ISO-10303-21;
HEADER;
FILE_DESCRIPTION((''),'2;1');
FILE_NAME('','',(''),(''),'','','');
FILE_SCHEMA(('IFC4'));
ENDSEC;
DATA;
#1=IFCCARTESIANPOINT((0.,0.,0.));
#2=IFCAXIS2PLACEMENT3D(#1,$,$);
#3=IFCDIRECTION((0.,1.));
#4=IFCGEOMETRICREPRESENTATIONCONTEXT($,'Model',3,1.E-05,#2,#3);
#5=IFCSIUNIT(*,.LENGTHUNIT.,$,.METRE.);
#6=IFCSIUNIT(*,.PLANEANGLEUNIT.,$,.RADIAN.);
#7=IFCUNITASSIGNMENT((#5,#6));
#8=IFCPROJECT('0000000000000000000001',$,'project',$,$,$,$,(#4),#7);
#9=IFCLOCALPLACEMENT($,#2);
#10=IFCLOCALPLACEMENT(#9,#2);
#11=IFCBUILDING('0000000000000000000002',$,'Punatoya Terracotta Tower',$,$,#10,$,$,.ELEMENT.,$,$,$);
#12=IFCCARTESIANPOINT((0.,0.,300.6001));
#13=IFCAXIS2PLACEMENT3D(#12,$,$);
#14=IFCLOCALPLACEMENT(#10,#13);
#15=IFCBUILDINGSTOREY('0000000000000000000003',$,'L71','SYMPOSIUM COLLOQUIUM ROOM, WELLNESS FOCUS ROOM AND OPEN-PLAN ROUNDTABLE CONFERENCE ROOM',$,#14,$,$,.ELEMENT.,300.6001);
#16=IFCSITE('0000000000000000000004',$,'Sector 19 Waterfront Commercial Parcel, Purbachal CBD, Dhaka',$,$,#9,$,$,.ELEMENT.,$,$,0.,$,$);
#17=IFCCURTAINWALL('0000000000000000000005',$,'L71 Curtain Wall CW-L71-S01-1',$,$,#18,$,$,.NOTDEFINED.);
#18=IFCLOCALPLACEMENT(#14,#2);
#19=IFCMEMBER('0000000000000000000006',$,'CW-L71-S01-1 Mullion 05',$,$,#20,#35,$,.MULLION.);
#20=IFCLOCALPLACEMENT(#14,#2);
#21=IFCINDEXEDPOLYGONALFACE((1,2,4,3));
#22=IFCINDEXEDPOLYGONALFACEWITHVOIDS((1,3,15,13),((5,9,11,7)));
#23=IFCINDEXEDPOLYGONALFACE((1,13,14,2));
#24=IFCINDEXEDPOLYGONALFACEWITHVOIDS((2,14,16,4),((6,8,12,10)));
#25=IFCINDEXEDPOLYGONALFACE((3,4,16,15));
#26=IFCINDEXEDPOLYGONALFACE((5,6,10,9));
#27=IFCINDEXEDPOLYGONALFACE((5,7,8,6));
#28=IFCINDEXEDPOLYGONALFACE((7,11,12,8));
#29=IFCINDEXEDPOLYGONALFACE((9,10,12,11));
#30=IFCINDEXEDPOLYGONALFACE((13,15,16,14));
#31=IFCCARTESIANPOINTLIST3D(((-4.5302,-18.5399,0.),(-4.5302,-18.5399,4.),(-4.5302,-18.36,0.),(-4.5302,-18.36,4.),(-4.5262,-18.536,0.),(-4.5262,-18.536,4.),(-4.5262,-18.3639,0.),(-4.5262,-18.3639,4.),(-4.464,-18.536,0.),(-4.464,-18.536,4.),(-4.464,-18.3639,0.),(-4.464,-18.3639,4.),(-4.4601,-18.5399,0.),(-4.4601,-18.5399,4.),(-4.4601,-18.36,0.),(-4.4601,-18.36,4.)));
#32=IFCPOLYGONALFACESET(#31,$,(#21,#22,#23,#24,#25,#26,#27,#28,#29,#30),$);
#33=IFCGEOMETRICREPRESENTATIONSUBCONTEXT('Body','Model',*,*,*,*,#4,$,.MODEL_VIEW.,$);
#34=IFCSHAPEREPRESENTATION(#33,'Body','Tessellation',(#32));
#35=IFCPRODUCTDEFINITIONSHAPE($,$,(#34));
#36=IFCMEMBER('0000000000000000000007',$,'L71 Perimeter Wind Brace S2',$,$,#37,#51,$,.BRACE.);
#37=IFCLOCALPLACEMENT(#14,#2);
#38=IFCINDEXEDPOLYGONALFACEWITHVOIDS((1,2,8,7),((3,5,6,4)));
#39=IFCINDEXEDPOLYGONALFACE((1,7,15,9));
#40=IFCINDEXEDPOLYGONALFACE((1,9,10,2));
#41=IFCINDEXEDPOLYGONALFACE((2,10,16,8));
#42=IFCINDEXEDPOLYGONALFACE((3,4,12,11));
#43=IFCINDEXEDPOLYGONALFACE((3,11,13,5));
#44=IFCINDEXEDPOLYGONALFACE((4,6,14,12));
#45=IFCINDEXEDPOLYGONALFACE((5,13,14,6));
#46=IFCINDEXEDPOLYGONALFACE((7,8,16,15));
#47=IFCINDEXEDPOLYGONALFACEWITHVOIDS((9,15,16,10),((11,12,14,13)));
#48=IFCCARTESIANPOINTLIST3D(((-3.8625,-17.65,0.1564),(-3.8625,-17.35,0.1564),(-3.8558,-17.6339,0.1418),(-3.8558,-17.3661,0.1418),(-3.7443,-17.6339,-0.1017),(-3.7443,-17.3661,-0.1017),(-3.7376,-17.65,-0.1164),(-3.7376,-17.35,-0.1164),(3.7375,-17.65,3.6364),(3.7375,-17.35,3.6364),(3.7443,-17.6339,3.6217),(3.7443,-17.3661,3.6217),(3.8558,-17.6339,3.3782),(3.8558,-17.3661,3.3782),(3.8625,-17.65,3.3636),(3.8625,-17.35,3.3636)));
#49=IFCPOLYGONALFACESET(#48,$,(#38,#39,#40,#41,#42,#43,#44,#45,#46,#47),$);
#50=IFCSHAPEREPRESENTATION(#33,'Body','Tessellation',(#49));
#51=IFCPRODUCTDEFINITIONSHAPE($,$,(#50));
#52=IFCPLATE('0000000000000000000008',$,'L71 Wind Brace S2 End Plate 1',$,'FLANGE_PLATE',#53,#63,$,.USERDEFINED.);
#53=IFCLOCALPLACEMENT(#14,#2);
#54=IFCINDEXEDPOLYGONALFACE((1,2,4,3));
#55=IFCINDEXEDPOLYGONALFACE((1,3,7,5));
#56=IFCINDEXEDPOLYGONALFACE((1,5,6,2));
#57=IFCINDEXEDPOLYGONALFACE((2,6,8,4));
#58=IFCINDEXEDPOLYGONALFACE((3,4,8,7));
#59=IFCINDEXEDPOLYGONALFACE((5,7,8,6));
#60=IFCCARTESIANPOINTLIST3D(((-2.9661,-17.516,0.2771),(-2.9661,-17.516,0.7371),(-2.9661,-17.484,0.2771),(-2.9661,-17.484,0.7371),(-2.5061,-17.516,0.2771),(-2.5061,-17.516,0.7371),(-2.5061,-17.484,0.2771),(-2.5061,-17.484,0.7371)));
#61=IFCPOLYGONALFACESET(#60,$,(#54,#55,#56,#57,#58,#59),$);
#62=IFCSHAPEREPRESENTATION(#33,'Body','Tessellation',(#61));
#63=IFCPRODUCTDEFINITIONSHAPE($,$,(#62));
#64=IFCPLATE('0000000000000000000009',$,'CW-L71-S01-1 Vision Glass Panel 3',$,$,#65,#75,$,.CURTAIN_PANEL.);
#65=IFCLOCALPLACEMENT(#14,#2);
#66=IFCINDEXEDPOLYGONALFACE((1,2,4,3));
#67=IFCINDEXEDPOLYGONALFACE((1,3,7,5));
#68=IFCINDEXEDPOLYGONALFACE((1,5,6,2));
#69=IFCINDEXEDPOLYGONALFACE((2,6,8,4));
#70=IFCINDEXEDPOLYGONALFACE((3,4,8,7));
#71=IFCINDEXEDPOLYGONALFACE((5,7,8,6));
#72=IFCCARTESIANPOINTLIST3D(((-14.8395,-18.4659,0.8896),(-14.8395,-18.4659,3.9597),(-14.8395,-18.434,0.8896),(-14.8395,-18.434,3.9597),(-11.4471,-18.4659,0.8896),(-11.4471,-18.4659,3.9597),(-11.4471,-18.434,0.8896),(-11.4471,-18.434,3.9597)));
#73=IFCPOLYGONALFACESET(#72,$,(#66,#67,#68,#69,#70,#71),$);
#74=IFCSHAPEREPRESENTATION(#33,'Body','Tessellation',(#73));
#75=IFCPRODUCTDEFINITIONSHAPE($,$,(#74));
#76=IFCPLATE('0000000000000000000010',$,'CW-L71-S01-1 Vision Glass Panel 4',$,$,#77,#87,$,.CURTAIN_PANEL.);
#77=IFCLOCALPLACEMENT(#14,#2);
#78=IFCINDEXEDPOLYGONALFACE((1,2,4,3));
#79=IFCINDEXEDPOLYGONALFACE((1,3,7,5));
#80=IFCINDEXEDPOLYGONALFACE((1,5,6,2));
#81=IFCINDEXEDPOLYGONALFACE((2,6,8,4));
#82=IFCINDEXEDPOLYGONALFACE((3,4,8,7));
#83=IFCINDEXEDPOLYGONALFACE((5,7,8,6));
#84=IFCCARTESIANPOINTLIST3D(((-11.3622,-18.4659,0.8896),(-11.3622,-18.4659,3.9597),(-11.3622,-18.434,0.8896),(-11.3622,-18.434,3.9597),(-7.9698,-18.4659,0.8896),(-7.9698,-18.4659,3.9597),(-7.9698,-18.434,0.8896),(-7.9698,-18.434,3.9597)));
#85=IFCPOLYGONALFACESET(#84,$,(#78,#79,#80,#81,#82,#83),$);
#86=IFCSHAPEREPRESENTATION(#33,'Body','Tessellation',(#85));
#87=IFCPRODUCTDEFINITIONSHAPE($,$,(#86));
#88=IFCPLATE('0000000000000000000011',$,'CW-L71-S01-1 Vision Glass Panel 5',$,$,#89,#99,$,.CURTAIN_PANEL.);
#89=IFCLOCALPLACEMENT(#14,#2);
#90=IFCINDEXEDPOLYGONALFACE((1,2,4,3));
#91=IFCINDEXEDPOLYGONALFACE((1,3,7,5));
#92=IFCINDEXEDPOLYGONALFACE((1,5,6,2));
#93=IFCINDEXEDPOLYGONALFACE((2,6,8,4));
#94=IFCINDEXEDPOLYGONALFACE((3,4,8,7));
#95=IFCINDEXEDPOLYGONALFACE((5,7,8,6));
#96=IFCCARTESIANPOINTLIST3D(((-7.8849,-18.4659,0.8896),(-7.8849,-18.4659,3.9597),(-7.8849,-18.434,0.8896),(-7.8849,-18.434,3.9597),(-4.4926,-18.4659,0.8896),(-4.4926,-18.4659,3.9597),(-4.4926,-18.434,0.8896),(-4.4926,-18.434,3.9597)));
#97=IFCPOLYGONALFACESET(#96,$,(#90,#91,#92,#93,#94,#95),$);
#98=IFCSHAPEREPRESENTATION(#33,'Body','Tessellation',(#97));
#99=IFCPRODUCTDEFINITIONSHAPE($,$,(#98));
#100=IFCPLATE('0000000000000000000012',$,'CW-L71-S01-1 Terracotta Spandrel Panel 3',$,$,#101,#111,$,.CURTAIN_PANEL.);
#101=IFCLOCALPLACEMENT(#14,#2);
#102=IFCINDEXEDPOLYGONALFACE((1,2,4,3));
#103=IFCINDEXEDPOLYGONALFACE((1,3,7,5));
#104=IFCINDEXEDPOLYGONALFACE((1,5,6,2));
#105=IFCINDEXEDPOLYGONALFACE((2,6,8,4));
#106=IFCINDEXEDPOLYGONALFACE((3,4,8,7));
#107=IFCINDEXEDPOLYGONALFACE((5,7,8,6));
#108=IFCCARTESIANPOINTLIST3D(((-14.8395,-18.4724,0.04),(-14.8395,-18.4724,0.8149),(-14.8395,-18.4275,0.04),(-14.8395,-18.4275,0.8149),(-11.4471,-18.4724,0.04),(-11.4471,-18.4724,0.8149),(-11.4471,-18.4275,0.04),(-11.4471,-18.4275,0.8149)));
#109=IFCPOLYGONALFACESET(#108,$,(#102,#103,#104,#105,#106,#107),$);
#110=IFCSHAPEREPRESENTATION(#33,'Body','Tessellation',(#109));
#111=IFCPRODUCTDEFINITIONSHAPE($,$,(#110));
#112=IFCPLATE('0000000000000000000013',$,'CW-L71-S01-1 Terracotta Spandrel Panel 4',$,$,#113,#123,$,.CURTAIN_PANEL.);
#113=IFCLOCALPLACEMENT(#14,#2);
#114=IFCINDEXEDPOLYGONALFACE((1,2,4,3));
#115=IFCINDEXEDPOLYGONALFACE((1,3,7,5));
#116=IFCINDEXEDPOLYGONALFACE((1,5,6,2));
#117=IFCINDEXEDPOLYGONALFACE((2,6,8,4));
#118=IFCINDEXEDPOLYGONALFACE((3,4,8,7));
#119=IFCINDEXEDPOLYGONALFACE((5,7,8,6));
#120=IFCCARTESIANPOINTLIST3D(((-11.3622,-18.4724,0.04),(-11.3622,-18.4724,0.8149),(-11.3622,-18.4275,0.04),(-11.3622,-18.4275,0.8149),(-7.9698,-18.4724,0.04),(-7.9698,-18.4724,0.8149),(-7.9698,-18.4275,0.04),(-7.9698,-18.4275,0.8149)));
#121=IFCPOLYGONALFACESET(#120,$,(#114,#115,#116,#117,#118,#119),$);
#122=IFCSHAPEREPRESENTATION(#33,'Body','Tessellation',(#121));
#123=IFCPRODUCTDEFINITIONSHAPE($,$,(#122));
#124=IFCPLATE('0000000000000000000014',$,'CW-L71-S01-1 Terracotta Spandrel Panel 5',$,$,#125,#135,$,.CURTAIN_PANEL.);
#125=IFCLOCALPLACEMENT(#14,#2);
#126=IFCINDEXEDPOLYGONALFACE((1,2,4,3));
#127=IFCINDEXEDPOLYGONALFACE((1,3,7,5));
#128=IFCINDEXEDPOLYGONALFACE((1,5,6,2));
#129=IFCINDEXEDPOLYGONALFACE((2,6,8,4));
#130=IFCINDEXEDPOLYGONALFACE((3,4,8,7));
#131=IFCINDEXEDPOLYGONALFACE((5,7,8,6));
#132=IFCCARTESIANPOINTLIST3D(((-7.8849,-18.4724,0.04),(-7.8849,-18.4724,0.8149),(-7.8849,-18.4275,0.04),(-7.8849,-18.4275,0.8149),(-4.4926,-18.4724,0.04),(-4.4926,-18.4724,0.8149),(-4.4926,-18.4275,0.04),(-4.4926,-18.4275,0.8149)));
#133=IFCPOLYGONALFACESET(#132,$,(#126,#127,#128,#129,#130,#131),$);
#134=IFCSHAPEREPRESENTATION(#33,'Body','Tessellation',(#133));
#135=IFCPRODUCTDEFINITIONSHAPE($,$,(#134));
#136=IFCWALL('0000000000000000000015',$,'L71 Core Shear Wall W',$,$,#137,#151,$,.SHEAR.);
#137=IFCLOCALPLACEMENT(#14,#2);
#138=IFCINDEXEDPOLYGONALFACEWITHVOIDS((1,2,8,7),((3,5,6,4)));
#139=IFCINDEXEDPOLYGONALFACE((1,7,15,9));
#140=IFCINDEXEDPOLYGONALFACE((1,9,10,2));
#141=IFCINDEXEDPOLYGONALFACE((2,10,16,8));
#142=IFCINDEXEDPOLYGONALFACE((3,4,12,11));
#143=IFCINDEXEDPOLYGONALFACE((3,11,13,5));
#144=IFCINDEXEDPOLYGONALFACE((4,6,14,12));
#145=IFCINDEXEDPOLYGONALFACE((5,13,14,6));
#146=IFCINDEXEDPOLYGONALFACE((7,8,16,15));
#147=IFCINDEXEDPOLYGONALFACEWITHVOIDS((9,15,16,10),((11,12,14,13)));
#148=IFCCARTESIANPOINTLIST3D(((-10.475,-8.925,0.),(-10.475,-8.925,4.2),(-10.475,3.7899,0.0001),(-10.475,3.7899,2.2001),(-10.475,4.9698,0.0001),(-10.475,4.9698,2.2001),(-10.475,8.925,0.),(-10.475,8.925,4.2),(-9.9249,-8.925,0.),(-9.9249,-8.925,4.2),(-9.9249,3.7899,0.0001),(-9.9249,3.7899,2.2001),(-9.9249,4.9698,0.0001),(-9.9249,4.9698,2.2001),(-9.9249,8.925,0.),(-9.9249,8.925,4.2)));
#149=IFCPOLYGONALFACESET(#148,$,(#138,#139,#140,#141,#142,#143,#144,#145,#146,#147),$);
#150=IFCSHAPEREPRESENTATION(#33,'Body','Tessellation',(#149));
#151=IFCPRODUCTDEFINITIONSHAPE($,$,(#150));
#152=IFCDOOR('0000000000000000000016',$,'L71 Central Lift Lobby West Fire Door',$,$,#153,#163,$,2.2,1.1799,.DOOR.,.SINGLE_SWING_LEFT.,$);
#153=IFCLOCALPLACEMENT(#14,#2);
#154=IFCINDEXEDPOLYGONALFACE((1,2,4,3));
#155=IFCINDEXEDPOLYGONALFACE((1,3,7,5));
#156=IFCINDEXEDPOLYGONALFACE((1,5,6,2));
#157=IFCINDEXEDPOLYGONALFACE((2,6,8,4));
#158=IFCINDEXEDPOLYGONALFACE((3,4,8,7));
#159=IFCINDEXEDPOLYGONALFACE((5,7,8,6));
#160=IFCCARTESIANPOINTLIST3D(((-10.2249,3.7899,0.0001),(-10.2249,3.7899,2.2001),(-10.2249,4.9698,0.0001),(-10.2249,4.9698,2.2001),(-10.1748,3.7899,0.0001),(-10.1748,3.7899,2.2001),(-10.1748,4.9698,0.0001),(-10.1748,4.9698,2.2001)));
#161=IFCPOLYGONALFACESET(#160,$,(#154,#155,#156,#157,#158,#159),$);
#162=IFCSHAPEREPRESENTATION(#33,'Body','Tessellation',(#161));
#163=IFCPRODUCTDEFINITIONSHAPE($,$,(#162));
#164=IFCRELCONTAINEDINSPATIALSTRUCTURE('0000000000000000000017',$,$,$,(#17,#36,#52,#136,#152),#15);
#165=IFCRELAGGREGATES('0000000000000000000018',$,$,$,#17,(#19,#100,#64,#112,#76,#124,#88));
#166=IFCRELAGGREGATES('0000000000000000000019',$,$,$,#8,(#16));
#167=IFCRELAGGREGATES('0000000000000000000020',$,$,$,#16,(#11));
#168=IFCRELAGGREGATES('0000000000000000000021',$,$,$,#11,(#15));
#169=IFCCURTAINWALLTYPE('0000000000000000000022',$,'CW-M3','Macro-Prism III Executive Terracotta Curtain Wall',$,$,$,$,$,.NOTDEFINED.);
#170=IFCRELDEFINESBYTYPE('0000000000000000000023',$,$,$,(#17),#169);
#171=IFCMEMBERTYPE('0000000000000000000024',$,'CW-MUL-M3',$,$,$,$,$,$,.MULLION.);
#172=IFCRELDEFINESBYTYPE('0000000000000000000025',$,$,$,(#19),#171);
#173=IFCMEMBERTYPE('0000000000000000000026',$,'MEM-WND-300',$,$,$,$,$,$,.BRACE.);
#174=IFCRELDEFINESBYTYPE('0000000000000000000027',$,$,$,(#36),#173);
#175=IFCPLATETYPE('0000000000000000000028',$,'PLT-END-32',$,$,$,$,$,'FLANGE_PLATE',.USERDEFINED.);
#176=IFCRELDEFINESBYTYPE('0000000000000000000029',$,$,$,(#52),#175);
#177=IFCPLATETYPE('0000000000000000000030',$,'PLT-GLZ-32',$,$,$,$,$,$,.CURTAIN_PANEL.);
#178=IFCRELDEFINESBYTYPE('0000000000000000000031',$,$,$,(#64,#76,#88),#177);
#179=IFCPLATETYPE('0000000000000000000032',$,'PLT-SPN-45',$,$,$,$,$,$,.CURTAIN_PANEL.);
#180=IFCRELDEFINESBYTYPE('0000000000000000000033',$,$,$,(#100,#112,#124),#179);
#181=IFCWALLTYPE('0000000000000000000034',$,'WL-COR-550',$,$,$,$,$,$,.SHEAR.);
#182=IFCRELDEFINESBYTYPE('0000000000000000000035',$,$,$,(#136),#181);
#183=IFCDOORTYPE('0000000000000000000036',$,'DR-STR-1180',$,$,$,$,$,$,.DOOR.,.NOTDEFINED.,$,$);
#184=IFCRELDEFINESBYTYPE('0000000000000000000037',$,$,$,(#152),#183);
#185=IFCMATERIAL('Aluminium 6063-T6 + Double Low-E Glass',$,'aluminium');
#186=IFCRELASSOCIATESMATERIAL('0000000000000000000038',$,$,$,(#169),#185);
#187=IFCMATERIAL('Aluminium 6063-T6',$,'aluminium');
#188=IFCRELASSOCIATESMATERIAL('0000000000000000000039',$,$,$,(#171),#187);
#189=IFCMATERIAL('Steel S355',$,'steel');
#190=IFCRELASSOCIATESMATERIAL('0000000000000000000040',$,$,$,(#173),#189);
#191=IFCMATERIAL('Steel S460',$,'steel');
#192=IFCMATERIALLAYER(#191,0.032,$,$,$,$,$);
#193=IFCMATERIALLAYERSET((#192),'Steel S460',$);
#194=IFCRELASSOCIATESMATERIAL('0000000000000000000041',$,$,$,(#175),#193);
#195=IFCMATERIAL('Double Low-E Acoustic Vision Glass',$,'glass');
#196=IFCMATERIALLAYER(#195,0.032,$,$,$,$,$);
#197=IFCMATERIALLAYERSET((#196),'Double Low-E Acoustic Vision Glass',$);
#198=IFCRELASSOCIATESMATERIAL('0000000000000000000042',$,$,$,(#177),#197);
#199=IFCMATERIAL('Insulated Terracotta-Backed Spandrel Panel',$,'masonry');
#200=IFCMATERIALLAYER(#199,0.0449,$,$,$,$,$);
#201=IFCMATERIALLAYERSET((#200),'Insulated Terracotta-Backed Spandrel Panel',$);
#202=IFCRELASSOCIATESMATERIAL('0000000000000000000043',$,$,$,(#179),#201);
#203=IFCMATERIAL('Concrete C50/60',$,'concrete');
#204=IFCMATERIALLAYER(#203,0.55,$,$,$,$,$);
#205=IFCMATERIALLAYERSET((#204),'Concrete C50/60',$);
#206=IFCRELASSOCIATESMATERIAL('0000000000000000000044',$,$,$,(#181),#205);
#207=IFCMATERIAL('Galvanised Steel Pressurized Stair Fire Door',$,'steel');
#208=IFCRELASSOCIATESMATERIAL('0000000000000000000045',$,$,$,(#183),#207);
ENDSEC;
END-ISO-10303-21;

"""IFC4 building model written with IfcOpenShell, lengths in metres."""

from ifc_helpers import new_model, si_unit, direction, frame, frame_2d, origin, origin_2d, place, context, subcontext, project, spatial, rectangle, hollow_rectangle, extrude, material, layer, layer_set, material_profile, profile_set, type_object, element, fill, aggregate, save


model = new_model("IFC4")

# Units and contexts
model_context = context("Model", 3, precision=1e-05, world=origin(), true_north=direction((0.0, 1.0)))
body_context = subcontext(model_context, "Body", "Model", "MODEL_VIEW")
ifc_project = project(units=[si_unit("LENGTHUNIT", "METRE"), si_unit("PLANEANGLEUNIT", "RADIAN")], contexts=[model_context])

# Site, building, storey
site_placement = place(None, origin())
site = spatial("IfcSite", under=ifc_project, at=site_placement, Name="Sector 19 Waterfront Commercial Parcel, Purbachal CBD, Dhaka", CompositionType="ELEMENT", RefElevation=0.0)
building_placement = place(site_placement, origin())
building = spatial("IfcBuilding", under=site, at=building_placement, Name="Punatoya Terracotta Tower", CompositionType="ELEMENT")
storey_placement = place(building_placement, frame((0.0, 0.0, 300.6001)))
storey = spatial("IfcBuildingStorey", under=building, at=storey_placement, Name="L71", Description="SYMPOSIUM COLLOQUIUM ROOM, WELLNESS FOCUS ROOM AND OPEN-PLAN ROUNDTABLE CONFERENCE ROOM", CompositionType="ELEMENT", Elevation=300.6001)

# Shared definitions
ifc_material_1 = material(Name="Steel S460", Category="steel")

# Shared definitions
ifc_material_2 = material(Name="Steel S355", Category="steel")

# Curtain wall, member
ifc_material_3 = material(Name="Aluminium 6063-T6 + Double Low-E Glass", Category="aluminium")
curtain_wall_type = type_object("IfcCurtainWallType", Name="CW-M3", Description="Macro-Prism III Executive Terracotta Curtain Wall", PredefinedType="NOTDEFINED", material=ifc_material_3)
curtain_wall_placement = place(storey_placement, origin())
curtain_wall = element("IfcCurtainWall", 1, at=curtain_wall_placement, inside=storey, type_object=curtain_wall_type, Name="L71 Curtain Wall CW-L71-S01-1", PredefinedType="NOTDEFINED")
ifc_material_4 = material(Name="Aluminium 6063-T6", Category="aluminium")
ifc_material_profile_1 = material_profile(ifc_material_4, hollow_rectangle(XDim=0.0701, YDim=0.1799, WallThickness=0.0039, at=origin_2d()))
ifc_profile_set_1 = profile_set([ifc_material_profile_1], Name="Aluminium 6063-T6")
member_type_1 = type_object("IfcMemberType", Name="CW-MUL-M3", PredefinedType="MULLION", material=ifc_profile_set_1)
member_1_placement = place(storey_placement, frame((-4.4951, -18.45, 0.0), z_axis=(0.0, 0.0, 1.0), x_axis=(1.0, 0.0, 0.0)))
member_1 = element("IfcMember", 2, at=member_1_placement, type_object=member_type_1, Name="CW-L71-S01-1 Mullion 05", PredefinedType="MULLION", context=body_context, shape_type="SweptSolid", body=[
    extrude(hollow_rectangle(XDim=0.0701, YDim=0.1799, WallThickness=0.0039, at=origin_2d()), origin(), (0.0, 0.0, 1.0), 4.0),
])

# Member
ifc_material_profile_2 = material_profile(ifc_material_2, hollow_rectangle(XDim=0.3, YDim=0.3, WallThickness=0.0161, at=origin_2d()))
ifc_profile_set_2 = profile_set([ifc_material_profile_2], Name="Steel S355")
member_type_2 = type_object("IfcMemberType", Name="MEM-WND-300", PredefinedType="BRACE", material=ifc_profile_set_2)
member_2_placement = place(storey_placement, frame((-3.8, -17.5, 0.02), z_axis=(0.909219, 0.0, 0.416319), x_axis=(0.0, 1.0, 0.0)))
element("IfcMember", 3, at=member_2_placement, inside=storey, type_object=member_type_2, Name="L71 Perimeter Wind Brace S2", PredefinedType="BRACE", context=body_context, shape_type="SweptSolid", body=[
    extrude(hollow_rectangle(XDim=0.3, YDim=0.3, WallThickness=0.0161, at=origin_2d()), origin(), (0.0, 0.0, 1.0), 8.3589),
])

# Plates
ifc_layer_1 = layer(ifc_material_1, 0.032)
ifc_layer_set_1 = layer_set([ifc_layer_1], Name="Steel S460")
plate_type_1 = type_object("IfcPlateType", Name="PLT-END-32", ElementType="FLANGE_PLATE", PredefinedType="USERDEFINED", material=ifc_layer_set_1)
plate_1_placement = place(storey_placement, frame((-2.7361, -17.5, 0.2771), z_axis=(0.0, 0.0, 1.0), x_axis=(1.0, 0.0, 0.0)))
element("IfcPlate", 4, at=plate_1_placement, inside=storey, type_object=plate_type_1, Name="L71 Wind Brace S2 End Plate 1", ObjectType="FLANGE_PLATE", PredefinedType="USERDEFINED", context=body_context, shape_type="SweptSolid", body=[
    extrude(rectangle(XDim=0.46, YDim=0.032, at=origin_2d()), origin(), (0.0, 0.0, 1.0), 0.46),
])
ifc_material_5 = material(Name="Double Low-E Acoustic Vision Glass", Category="glass")
ifc_layer_2 = layer(ifc_material_5, 0.032)
ifc_layer_set_2 = layer_set([ifc_layer_2], Name="Double Low-E Acoustic Vision Glass")
plate_type_2 = type_object("IfcPlateType", Name="PLT-GLZ-32", PredefinedType="CURTAIN_PANEL", material=ifc_layer_set_2)
plate_2_placement = place(storey_placement, frame((-13.1433, -18.45, 0.8896), z_axis=(0.0, 0.0, 1.0), x_axis=(1.0, 0.0, 0.0)))
plate_2 = element("IfcPlate", 5, at=plate_2_placement, type_object=plate_type_2, Name="CW-L71-S01-1 Vision Glass Panel 3", PredefinedType="CURTAIN_PANEL", context=body_context, shape_type="SweptSolid", body=[
    extrude(rectangle(XDim=3.3923, YDim=0.032, at=origin_2d()), origin(), (0.0, 0.0, 1.0), 3.0701),
])
plate_3_placement = place(storey_placement, frame((-9.666, -18.45, 0.8896), z_axis=(0.0, 0.0, 1.0), x_axis=(1.0, 0.0, 0.0)))
plate_3 = element("IfcPlate", 6, at=plate_3_placement, type_object=plate_type_2, Name="CW-L71-S01-1 Vision Glass Panel 4", PredefinedType="CURTAIN_PANEL", context=body_context, shape_type="SweptSolid", body=[
    extrude(rectangle(XDim=3.3923, YDim=0.032, at=origin_2d()), origin(), (0.0, 0.0, 1.0), 3.0701),
])
plate_4_placement = place(storey_placement, frame((-6.1887, -18.45, 0.8896), z_axis=(0.0, 0.0, 1.0), x_axis=(1.0, 0.0, 0.0)))
plate_4 = element("IfcPlate", 7, at=plate_4_placement, type_object=plate_type_2, Name="CW-L71-S01-1 Vision Glass Panel 5", PredefinedType="CURTAIN_PANEL", context=body_context, shape_type="SweptSolid", body=[
    extrude(rectangle(XDim=3.3923, YDim=0.032, at=origin_2d()), origin(), (0.0, 0.0, 1.0), 3.0701),
])
ifc_material_6 = material(Name="Insulated Terracotta-Backed Spandrel Panel", Category="masonry")
ifc_layer_3 = layer(ifc_material_6, 0.0449)
ifc_layer_set_3 = layer_set([ifc_layer_3], Name="Insulated Terracotta-Backed Spandrel Panel")
plate_type_3 = type_object("IfcPlateType", Name="PLT-SPN-45", PredefinedType="CURTAIN_PANEL", material=ifc_layer_set_3)
plate_5_placement = place(storey_placement, frame((-13.1433, -18.45, 0.04), z_axis=(0.0, 0.0, 1.0), x_axis=(1.0, 0.0, 0.0)))
plate_5 = element("IfcPlate", 8, at=plate_5_placement, type_object=plate_type_3, Name="CW-L71-S01-1 Terracotta Spandrel Panel 3", PredefinedType="CURTAIN_PANEL", context=body_context, shape_type="SweptSolid", body=[
    extrude(rectangle(XDim=3.3923, YDim=0.0449, at=origin_2d()), origin(), (0.0, 0.0, 1.0), 0.7749),
])
plate_6_placement = place(storey_placement, frame((-9.666, -18.45, 0.04), z_axis=(0.0, 0.0, 1.0), x_axis=(1.0, 0.0, 0.0)))
plate_6 = element("IfcPlate", 9, at=plate_6_placement, type_object=plate_type_3, Name="CW-L71-S01-1 Terracotta Spandrel Panel 4", PredefinedType="CURTAIN_PANEL", context=body_context, shape_type="SweptSolid", body=[
    extrude(rectangle(XDim=3.3923, YDim=0.0449, at=origin_2d()), origin(), (0.0, 0.0, 1.0), 0.7749),
])
plate_7_placement = place(storey_placement, frame((-6.1887, -18.45, 0.04), z_axis=(0.0, 0.0, 1.0), x_axis=(1.0, 0.0, 0.0)))
plate_7 = element("IfcPlate", 10, at=plate_7_placement, type_object=plate_type_3, Name="CW-L71-S01-1 Terracotta Spandrel Panel 5", PredefinedType="CURTAIN_PANEL", context=body_context, shape_type="SweptSolid", body=[
    extrude(rectangle(XDim=3.3923, YDim=0.0449, at=origin_2d()), origin(), (0.0, 0.0, 1.0), 0.7749),
])
aggregate(curtain_wall, [member_1, plate_5, plate_2, plate_6, plate_3, plate_7, plate_4])

# Wall, opening, door
ifc_material_7 = material(Name="Concrete C50/60", Category="concrete")
ifc_layer_4 = layer(ifc_material_7, 0.55)
ifc_layer_set_4 = layer_set([ifc_layer_4], Name="Concrete C50/60")
wall_type_1 = type_object("IfcWallType", Name="WL-COR-550", PredefinedType="SHEAR", material=ifc_layer_set_4)
wall_1_placement = place(storey_placement, frame((-10.2, -8.925, 0.0), z_axis=(0.0, 0.0, 1.0), x_axis=(0.0, 1.0, 0.0)))
wall_1 = element("IfcWall", 11, at=wall_1_placement, inside=storey, type_object=wall_type_1, Name="L71 Core Shear Wall W", PredefinedType="SHEAR", context=body_context, shape_type="SweptSolid", body=[
    extrude(rectangle(XDim=17.8501, YDim=0.55, at=frame_2d((8.925, 0.0))), origin(), (0.0, 0.0, 1.0), 4.2),
])
opening_1_placement = place(wall_1_placement, frame((12.7151, 0.0, 0.0)))
opening_1 = element("IfcOpeningElement", 12, at=opening_1_placement, cuts=wall_1, PredefinedType="OPENING", context=body_context, shape_type="SweptSolid", body=[
    extrude(rectangle(XDim=1.1799, YDim=2.2, at=frame_2d((0.5898, 1.1001))), frame((0.0, 0.2849, 0.0), z_axis=(0.0, -1.0, 0.0), x_axis=(1.0, 0.0, 0.0)), (0.0, 0.0, 1.0), 0.5701),
])
ifc_material_8 = material(Name="Galvanised Steel Pressurized Stair Fire Door", Category="steel")
door_type_1 = type_object("IfcDoorType", Name="DR-STR-1180", OperationType="NOTDEFINED", PredefinedType="DOOR", material=ifc_material_8)
door_1_placement = place(opening_1_placement, origin())
door_1 = element("IfcDoor", 13, at=door_1_placement, inside=storey, type_object=door_type_1, Name="L71 Central Lift Lobby West Fire Door", OperationType="SINGLE_SWING_LEFT", OverallHeight=2.2, OverallWidth=1.1799, PredefinedType="DOOR", context=body_context, shape_type="SweptSolid", body=[
    extrude(rectangle(XDim=1.1799, YDim=2.2, at=frame_2d((0.5898, 1.1001))), frame((0.0, 0.0249, 0.0), z_axis=(0.0, -1.0, 0.0), x_axis=(1.0, 0.0, 0.0)), (0.0, 0.0, 1.0), 0.05),
])
fill(opening_1, door_1)

save(model, "model.ifc")
